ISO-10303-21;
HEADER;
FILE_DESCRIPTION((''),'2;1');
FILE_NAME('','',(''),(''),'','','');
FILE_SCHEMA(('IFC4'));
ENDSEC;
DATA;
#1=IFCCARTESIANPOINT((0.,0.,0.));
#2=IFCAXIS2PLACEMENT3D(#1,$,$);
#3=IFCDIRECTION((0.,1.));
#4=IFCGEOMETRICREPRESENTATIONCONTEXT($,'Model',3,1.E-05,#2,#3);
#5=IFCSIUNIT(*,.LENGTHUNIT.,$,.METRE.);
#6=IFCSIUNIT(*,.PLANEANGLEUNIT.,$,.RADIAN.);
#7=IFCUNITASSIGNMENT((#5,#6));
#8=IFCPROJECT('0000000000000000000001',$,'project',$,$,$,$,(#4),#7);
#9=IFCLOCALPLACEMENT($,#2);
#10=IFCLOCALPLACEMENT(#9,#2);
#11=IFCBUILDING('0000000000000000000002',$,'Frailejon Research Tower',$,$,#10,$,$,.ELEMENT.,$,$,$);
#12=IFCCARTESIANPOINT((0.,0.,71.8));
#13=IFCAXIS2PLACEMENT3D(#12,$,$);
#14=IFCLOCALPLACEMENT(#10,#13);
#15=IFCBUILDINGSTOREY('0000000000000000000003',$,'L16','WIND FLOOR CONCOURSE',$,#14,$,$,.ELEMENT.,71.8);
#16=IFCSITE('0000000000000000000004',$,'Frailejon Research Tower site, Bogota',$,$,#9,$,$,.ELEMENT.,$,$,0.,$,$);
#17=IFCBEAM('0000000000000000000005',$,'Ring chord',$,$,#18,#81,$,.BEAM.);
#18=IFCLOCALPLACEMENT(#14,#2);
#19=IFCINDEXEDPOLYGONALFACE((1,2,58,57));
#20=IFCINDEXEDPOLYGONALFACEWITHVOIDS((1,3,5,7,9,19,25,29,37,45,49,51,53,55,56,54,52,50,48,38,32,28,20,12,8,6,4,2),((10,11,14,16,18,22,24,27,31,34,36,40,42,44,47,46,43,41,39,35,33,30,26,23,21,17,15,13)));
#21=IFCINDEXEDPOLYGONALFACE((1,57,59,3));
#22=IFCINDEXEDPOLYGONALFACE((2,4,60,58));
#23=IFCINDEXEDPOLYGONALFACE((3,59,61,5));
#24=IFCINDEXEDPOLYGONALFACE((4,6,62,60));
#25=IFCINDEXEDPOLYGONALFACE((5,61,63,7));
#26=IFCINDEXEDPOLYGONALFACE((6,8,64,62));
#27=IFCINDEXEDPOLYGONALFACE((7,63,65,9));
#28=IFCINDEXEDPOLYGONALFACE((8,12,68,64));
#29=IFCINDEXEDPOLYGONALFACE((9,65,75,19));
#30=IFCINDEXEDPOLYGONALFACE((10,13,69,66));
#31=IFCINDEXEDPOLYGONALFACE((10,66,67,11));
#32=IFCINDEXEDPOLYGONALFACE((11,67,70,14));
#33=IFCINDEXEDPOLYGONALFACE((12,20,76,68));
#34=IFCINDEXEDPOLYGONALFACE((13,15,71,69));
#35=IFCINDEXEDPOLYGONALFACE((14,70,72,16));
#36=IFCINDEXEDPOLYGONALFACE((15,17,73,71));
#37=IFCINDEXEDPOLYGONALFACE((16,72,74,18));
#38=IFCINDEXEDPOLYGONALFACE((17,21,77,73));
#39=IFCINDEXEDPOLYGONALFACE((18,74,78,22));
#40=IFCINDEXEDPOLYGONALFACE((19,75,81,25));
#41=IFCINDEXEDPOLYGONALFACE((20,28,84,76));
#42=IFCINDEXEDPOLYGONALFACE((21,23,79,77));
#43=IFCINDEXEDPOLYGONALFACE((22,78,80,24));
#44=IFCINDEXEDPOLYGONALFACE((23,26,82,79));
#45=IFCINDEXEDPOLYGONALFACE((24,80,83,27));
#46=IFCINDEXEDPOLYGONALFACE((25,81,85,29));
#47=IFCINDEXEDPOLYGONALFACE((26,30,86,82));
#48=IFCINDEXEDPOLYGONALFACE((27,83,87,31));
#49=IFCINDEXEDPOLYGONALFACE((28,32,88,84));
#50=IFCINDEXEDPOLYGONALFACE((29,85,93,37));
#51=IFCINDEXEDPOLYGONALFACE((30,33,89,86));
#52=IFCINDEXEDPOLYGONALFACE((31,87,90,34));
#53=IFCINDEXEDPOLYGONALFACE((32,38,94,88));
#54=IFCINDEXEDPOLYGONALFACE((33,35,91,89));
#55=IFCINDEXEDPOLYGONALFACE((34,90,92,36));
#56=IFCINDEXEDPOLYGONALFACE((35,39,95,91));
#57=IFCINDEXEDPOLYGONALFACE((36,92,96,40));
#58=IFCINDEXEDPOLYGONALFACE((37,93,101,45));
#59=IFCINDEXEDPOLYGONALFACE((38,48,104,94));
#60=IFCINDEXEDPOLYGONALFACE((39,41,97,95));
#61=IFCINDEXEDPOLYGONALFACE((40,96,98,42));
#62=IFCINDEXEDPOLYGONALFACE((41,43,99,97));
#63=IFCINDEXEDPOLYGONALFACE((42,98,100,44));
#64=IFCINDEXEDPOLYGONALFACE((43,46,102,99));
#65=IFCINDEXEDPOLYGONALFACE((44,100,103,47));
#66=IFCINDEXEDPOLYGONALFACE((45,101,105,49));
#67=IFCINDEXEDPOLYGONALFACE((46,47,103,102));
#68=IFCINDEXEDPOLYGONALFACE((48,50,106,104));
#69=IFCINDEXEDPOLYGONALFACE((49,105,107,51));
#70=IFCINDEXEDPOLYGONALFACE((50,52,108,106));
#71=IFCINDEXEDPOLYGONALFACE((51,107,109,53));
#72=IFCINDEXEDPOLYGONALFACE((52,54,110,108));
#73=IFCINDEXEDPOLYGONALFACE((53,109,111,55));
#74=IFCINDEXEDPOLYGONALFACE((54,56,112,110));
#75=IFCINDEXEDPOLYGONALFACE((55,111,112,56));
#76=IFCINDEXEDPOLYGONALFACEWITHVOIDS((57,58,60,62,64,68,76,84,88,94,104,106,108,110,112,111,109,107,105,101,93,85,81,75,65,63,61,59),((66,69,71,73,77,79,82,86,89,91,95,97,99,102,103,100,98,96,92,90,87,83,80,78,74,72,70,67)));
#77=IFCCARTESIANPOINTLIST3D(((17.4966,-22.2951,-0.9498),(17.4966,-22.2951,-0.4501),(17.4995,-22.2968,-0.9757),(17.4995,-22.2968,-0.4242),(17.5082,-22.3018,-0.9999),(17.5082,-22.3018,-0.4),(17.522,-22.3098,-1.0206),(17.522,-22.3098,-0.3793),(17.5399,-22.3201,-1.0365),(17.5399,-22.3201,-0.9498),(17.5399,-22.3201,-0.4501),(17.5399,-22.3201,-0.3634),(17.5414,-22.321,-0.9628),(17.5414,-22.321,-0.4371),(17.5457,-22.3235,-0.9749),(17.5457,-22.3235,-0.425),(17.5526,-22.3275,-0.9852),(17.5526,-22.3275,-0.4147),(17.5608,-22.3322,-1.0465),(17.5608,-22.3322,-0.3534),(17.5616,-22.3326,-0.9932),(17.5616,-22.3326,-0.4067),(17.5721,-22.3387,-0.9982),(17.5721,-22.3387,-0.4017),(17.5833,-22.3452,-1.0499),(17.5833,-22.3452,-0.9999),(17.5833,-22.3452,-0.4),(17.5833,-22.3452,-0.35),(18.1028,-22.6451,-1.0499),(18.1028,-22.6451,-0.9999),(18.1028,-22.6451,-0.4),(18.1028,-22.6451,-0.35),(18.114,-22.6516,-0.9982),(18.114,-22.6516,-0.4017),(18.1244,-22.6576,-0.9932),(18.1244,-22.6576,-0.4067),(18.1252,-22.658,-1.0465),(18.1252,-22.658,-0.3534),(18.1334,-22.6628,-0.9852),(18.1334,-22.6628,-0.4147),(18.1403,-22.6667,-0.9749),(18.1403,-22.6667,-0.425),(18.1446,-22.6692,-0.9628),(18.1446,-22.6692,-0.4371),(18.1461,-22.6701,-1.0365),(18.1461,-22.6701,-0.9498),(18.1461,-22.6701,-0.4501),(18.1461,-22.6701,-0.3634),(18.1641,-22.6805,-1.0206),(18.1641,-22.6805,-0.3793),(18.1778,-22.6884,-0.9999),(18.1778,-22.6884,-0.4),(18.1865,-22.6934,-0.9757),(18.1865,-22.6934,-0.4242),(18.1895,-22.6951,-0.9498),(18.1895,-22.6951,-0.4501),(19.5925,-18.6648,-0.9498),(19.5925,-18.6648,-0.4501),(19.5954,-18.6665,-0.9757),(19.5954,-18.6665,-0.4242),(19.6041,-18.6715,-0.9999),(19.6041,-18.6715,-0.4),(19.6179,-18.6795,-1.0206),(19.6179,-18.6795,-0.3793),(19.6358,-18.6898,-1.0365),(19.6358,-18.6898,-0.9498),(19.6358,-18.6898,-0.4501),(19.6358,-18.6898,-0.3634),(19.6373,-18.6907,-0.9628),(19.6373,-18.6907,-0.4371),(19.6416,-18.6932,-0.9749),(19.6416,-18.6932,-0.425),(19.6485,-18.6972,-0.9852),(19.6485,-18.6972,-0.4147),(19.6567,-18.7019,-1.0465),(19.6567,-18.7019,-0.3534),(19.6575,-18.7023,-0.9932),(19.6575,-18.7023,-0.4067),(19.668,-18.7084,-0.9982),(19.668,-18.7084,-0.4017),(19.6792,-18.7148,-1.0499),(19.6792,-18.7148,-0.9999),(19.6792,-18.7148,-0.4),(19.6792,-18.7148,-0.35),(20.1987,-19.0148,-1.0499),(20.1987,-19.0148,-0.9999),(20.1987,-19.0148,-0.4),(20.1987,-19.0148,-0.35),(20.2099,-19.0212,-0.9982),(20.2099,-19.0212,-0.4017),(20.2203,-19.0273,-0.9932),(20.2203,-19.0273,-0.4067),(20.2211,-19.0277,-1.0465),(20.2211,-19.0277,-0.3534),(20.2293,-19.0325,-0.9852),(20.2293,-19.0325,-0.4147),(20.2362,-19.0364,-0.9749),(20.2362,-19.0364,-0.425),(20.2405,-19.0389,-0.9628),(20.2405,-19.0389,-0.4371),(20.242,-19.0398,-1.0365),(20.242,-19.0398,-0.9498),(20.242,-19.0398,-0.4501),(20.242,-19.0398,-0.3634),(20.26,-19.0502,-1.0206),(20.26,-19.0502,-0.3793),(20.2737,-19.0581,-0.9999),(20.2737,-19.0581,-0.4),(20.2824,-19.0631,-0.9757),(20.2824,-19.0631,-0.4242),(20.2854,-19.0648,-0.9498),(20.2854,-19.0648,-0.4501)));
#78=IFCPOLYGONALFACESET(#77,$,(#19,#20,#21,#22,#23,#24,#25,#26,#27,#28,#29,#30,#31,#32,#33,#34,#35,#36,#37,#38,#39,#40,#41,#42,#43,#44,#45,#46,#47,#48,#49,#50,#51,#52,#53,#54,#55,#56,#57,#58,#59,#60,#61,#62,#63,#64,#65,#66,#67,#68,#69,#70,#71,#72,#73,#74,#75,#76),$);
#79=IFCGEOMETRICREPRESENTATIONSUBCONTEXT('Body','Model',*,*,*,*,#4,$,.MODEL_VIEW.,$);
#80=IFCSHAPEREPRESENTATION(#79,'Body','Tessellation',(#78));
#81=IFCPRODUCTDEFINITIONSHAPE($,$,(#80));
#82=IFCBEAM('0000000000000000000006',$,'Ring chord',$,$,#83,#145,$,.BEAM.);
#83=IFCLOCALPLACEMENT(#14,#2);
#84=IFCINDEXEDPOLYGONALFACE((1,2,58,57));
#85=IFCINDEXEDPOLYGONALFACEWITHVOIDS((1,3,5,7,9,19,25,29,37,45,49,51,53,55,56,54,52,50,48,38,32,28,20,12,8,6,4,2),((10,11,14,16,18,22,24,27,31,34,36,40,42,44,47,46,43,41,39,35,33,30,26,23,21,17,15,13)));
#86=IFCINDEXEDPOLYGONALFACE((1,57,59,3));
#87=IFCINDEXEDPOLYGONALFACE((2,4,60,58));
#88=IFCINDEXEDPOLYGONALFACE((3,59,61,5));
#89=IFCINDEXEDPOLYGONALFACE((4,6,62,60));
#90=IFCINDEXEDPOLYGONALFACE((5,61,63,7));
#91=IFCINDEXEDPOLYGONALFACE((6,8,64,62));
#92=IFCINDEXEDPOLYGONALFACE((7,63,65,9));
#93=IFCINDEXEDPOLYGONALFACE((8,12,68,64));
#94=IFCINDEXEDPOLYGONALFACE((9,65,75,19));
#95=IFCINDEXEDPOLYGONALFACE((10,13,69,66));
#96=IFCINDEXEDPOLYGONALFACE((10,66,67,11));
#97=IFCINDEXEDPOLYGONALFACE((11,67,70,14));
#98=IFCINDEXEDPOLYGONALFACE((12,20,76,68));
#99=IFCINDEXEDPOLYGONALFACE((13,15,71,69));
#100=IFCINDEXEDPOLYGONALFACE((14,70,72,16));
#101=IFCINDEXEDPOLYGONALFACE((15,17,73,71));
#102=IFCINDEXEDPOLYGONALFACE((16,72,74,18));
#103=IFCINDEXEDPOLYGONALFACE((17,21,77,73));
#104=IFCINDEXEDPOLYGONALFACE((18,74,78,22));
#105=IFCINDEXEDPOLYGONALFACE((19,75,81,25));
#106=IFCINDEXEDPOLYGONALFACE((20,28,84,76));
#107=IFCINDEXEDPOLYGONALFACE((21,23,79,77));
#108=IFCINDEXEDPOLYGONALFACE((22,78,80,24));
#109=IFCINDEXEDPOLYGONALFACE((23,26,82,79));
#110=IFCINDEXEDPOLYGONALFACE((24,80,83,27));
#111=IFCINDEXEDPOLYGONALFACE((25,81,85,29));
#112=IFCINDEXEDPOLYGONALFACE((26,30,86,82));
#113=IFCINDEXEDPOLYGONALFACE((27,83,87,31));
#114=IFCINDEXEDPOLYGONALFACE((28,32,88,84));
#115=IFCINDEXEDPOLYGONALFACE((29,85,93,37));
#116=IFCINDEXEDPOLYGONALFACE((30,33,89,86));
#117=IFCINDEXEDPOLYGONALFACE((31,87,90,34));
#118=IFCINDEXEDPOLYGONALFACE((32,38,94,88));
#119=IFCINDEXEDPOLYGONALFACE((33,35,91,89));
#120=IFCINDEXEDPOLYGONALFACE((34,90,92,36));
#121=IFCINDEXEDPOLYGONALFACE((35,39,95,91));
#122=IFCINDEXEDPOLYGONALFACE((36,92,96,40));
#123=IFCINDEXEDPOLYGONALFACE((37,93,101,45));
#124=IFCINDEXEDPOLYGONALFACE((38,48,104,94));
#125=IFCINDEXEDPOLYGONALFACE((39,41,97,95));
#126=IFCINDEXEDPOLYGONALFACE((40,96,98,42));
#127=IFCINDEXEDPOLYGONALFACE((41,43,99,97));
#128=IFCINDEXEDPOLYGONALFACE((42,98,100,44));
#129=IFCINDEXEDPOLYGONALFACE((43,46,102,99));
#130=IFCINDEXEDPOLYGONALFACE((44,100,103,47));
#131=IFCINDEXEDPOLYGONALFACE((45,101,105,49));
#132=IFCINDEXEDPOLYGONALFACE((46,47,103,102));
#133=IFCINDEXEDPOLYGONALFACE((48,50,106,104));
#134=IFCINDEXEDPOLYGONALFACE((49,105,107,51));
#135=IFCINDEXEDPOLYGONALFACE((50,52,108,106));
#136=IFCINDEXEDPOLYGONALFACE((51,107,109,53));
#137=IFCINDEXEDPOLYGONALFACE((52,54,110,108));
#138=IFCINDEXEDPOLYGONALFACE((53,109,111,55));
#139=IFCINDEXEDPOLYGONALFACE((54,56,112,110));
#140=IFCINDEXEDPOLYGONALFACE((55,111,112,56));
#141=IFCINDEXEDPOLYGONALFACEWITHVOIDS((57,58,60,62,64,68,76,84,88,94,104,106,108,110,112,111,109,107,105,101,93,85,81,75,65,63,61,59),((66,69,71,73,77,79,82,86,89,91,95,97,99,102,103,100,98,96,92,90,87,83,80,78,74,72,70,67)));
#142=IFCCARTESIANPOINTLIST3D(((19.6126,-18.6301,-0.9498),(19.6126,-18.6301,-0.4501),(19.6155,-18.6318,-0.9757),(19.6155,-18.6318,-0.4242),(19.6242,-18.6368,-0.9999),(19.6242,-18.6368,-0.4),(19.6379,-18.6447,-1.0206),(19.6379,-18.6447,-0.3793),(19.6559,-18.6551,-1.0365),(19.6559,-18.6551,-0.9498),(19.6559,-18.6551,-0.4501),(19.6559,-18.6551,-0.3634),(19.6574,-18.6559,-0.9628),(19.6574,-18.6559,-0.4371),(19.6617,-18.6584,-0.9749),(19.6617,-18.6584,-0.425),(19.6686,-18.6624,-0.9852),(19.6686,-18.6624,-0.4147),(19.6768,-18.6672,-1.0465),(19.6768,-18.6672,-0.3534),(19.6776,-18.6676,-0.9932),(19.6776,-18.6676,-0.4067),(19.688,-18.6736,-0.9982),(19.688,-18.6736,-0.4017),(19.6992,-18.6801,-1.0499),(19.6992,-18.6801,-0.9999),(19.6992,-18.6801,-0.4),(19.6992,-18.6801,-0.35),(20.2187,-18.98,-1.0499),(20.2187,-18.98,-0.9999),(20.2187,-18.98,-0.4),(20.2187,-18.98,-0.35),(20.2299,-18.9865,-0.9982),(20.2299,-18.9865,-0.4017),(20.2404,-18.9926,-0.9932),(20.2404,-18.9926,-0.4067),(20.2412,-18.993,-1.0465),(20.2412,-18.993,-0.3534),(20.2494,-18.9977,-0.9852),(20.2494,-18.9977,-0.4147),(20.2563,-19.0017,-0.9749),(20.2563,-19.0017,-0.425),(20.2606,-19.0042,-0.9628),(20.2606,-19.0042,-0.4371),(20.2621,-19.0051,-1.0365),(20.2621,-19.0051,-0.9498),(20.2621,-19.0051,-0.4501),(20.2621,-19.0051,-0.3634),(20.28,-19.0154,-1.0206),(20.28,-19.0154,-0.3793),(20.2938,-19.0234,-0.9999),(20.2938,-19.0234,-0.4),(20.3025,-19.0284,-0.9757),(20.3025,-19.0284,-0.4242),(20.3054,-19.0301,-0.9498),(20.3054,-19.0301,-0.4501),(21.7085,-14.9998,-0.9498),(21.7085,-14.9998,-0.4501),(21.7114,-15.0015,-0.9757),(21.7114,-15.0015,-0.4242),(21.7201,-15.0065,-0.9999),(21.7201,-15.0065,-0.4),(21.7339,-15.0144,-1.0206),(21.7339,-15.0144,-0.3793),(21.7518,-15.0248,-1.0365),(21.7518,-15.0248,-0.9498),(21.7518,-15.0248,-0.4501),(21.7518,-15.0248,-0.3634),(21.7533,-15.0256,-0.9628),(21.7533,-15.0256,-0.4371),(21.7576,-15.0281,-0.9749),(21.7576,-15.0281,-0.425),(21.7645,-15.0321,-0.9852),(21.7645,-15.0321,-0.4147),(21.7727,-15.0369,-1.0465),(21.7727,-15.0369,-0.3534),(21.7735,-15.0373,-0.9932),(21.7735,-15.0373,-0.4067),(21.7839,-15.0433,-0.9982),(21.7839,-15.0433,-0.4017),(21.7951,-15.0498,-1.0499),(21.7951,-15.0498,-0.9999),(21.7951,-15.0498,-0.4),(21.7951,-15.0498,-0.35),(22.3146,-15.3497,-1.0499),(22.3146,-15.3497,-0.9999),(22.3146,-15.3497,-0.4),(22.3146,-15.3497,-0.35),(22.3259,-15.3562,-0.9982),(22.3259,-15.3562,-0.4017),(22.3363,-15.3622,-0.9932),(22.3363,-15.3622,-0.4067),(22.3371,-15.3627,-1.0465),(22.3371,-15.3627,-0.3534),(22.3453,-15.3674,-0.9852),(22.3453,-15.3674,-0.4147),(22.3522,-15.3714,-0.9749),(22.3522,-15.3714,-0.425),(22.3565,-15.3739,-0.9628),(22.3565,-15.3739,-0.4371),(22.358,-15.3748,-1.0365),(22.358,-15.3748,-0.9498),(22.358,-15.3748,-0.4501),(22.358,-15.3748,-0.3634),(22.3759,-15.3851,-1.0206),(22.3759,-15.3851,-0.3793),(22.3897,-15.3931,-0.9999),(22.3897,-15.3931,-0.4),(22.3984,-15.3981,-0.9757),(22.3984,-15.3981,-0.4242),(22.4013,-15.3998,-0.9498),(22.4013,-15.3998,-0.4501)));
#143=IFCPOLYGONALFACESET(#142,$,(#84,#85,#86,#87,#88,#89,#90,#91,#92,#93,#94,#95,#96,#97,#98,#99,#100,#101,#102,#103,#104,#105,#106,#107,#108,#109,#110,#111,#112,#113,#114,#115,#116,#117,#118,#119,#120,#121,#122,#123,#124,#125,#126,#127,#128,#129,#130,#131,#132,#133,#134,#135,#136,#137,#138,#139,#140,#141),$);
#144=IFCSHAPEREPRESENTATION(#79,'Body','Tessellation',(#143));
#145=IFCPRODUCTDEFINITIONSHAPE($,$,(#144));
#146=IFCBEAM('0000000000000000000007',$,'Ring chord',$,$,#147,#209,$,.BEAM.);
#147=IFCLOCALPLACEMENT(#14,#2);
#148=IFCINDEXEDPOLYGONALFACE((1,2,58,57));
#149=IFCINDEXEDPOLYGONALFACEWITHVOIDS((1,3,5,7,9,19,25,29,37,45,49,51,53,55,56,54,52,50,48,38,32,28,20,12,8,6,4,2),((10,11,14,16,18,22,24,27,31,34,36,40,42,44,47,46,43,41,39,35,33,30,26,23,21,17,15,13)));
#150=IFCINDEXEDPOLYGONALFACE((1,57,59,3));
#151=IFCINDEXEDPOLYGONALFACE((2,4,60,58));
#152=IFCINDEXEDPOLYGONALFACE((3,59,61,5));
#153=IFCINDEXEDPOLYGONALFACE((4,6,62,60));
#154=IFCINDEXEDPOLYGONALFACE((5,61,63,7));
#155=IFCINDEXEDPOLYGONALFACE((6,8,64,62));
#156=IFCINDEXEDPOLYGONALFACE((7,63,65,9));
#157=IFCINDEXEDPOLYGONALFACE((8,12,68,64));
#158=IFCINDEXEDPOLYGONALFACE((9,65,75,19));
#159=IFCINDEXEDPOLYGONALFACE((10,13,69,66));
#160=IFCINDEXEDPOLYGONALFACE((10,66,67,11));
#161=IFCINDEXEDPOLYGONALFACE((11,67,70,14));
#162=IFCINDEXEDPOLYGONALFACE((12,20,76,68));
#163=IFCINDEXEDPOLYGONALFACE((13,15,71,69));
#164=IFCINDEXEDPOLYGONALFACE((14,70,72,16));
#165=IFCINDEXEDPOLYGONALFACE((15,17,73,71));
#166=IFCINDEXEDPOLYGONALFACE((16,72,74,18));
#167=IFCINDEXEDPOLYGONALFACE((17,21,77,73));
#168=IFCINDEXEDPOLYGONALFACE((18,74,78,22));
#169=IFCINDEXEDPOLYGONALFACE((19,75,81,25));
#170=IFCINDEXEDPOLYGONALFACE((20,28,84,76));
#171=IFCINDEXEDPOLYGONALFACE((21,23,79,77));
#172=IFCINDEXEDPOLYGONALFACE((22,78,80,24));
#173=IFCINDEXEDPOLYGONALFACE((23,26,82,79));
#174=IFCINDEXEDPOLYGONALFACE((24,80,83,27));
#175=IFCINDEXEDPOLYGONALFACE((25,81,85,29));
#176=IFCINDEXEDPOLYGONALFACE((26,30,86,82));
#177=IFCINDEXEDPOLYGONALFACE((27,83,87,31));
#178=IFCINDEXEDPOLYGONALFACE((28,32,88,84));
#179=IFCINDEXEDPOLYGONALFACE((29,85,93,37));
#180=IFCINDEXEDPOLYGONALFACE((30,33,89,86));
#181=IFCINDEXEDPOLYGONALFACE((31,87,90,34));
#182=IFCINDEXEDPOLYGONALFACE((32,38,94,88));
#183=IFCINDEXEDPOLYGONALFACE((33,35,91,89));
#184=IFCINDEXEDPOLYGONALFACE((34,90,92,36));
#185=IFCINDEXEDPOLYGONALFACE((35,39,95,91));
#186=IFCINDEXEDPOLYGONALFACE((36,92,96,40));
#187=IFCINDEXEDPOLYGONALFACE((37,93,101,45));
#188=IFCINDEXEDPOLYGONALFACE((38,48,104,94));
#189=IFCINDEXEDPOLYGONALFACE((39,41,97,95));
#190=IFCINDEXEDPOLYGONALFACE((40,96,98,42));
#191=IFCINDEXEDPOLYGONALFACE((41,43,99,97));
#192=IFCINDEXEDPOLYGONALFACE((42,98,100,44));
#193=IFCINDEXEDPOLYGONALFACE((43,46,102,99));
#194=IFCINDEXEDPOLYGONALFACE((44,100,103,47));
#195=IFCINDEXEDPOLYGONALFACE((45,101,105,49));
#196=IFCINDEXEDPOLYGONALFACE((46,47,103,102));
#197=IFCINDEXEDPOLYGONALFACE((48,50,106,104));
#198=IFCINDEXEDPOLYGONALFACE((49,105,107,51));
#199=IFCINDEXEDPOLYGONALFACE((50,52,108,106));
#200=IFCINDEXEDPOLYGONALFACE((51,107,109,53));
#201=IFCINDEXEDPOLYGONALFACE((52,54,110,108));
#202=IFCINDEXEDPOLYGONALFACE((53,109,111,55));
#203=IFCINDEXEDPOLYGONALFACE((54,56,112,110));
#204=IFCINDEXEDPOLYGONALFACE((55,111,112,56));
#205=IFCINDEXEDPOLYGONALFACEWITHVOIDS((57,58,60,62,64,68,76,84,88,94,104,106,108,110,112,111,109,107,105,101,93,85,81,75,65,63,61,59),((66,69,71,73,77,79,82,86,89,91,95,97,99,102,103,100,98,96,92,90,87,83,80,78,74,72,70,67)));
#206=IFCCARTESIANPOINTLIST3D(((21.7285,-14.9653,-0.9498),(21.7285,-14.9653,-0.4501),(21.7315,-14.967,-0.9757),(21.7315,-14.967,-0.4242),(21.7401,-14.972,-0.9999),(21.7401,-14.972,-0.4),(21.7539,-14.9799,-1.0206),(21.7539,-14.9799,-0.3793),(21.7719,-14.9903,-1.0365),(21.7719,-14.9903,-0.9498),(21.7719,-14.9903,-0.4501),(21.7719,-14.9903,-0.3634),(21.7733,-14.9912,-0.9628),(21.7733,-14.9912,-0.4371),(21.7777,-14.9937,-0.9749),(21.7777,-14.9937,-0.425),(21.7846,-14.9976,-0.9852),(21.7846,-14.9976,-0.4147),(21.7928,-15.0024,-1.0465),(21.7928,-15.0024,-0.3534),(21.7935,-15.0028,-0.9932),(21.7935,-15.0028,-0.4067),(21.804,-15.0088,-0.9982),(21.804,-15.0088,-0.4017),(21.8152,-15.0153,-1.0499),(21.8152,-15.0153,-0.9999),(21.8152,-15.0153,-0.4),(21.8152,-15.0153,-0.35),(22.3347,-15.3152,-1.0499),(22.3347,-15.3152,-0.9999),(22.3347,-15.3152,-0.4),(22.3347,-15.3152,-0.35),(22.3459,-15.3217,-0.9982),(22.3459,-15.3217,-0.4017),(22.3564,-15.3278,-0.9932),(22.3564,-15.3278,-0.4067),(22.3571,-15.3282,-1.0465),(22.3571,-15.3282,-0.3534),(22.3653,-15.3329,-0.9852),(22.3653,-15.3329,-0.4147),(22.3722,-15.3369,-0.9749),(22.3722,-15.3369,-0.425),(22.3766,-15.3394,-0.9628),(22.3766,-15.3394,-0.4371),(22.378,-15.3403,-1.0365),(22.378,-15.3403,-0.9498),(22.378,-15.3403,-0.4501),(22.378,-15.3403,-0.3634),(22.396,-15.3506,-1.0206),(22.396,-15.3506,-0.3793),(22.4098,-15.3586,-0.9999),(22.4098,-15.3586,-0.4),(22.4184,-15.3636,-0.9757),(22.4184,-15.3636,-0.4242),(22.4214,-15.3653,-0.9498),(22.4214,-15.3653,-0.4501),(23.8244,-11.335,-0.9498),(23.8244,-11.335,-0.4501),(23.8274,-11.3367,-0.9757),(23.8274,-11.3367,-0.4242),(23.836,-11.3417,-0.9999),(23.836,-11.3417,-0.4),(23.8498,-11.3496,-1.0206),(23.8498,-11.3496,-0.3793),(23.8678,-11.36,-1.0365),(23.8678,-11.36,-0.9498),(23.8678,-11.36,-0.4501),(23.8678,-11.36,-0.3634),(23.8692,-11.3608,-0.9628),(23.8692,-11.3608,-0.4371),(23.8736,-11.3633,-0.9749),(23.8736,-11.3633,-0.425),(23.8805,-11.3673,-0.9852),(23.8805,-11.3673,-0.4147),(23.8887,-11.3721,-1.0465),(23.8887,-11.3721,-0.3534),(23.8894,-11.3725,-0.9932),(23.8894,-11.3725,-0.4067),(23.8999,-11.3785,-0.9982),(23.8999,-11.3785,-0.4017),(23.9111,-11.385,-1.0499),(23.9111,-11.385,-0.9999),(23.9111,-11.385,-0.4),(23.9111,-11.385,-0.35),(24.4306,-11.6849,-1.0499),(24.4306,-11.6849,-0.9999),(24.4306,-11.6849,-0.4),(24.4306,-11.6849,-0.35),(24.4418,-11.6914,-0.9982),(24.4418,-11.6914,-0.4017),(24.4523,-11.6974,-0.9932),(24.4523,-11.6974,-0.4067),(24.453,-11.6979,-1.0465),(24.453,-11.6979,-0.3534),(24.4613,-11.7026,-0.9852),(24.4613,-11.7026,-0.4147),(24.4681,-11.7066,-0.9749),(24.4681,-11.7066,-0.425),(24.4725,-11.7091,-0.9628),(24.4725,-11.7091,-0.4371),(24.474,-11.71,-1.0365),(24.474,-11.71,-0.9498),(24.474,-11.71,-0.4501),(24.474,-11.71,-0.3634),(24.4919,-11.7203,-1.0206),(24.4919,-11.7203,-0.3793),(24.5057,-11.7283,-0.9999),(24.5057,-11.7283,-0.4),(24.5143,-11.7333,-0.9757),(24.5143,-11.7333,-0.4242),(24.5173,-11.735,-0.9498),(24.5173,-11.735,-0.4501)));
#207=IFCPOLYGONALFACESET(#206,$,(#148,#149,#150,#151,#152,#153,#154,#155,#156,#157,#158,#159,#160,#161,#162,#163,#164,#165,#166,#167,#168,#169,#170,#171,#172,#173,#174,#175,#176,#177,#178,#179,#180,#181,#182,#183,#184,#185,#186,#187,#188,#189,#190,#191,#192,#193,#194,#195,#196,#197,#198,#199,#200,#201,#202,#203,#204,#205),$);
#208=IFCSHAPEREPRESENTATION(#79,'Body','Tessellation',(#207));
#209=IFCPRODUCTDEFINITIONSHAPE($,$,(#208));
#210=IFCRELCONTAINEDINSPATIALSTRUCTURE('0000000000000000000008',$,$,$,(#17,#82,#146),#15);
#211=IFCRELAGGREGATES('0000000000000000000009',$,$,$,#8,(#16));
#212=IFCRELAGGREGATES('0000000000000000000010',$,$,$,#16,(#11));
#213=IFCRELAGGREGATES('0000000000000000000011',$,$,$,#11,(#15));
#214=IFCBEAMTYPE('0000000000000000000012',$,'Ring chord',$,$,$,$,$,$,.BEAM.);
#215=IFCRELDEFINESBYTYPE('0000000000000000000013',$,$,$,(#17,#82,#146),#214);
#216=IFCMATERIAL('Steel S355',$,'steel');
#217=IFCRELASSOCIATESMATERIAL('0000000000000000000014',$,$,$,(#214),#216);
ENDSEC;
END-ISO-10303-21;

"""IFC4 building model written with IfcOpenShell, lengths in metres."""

from ifc_helpers import new_model, si_unit, direction, frame, origin, origin_2d, place, context, subcontext, project, spatial, hollow_rectangle, extrude, material, material_profile, profile_set, type_object, element, save


model = new_model("IFC4")

# Units and contexts
model_context = context("Model", 3, precision=1e-05, world=origin(), true_north=direction((0.0, 1.0)))
body_context = subcontext(model_context, "Body", "Model", "MODEL_VIEW")
ifc_project = project(units=[si_unit("LENGTHUNIT", "METRE"), si_unit("PLANEANGLEUNIT", "RADIAN")], contexts=[model_context])

# Site, building, storey
site_placement = place(None, origin())
site = spatial("IfcSite", under=ifc_project, at=site_placement, Name="Frailejon Research Tower site, Bogota", CompositionType="ELEMENT", RefElevation=0.0)
building_placement = place(site_placement, origin())
building = spatial("IfcBuilding", under=site, at=building_placement, Name="Frailejon Research Tower", CompositionType="ELEMENT")
storey_placement = place(building_placement, frame((0.0, 0.0, 71.8)))
storey = spatial("IfcBuildingStorey", under=building, at=storey_placement, Name="L16", Description="WIND FLOOR CONCOURSE", CompositionType="ELEMENT", Elevation=71.8)

# Beams
ifc_material_1 = material(Name="Steel S355", Category="steel")
ifc_material_profile_1 = material_profile(ifc_material_1, hollow_rectangle(XDim=0.8, YDim=0.7, WallThickness=0.05, InnerFilletRadius=0.05, OuterFilletRadius=0.1001, at=origin_2d()), Name="Ring chord")
ifc_profile_set_1 = profile_set([ifc_material_profile_1], Name="Steel S355")
beam_type_1 = type_object("IfcBeamType", Name="Ring chord", PredefinedType="BEAM", material=ifc_profile_set_1)
for number, where, z_axis, x_axis, name in (
    (1, (17.843, -22.4951, -0.7), (0.499991, 0.86603, 0.0), (-0.86603, 0.499991, 0.0), "Ring chord"),
    (2, (19.959, -18.8301, -0.7), (0.499991, 0.86603, 0.0), (-0.86603, 0.499991, 0.0), "Ring chord"),
    (3, (22.075, -15.1653, -0.7), (0.499991, 0.86603, 0.0), (-0.86603, 0.499991, 0.0), "Ring chord"),
):
    element("IfcBeam", number, at=place(storey_placement, frame(where, z_axis=z_axis, x_axis=x_axis)), inside=storey, type_object=beam_type_1, Name=name, PredefinedType="BEAM", context=body_context, shape_type="SweptSolid", body=[
        extrude(hollow_rectangle(XDim=0.8, YDim=0.7, WallThickness=0.05, InnerFilletRadius=0.05, OuterFilletRadius=0.1001, at=origin_2d()), origin(), (0.0, 0.0, 1.0), 4.1919),
    ])

save(model, "model.ifc")
